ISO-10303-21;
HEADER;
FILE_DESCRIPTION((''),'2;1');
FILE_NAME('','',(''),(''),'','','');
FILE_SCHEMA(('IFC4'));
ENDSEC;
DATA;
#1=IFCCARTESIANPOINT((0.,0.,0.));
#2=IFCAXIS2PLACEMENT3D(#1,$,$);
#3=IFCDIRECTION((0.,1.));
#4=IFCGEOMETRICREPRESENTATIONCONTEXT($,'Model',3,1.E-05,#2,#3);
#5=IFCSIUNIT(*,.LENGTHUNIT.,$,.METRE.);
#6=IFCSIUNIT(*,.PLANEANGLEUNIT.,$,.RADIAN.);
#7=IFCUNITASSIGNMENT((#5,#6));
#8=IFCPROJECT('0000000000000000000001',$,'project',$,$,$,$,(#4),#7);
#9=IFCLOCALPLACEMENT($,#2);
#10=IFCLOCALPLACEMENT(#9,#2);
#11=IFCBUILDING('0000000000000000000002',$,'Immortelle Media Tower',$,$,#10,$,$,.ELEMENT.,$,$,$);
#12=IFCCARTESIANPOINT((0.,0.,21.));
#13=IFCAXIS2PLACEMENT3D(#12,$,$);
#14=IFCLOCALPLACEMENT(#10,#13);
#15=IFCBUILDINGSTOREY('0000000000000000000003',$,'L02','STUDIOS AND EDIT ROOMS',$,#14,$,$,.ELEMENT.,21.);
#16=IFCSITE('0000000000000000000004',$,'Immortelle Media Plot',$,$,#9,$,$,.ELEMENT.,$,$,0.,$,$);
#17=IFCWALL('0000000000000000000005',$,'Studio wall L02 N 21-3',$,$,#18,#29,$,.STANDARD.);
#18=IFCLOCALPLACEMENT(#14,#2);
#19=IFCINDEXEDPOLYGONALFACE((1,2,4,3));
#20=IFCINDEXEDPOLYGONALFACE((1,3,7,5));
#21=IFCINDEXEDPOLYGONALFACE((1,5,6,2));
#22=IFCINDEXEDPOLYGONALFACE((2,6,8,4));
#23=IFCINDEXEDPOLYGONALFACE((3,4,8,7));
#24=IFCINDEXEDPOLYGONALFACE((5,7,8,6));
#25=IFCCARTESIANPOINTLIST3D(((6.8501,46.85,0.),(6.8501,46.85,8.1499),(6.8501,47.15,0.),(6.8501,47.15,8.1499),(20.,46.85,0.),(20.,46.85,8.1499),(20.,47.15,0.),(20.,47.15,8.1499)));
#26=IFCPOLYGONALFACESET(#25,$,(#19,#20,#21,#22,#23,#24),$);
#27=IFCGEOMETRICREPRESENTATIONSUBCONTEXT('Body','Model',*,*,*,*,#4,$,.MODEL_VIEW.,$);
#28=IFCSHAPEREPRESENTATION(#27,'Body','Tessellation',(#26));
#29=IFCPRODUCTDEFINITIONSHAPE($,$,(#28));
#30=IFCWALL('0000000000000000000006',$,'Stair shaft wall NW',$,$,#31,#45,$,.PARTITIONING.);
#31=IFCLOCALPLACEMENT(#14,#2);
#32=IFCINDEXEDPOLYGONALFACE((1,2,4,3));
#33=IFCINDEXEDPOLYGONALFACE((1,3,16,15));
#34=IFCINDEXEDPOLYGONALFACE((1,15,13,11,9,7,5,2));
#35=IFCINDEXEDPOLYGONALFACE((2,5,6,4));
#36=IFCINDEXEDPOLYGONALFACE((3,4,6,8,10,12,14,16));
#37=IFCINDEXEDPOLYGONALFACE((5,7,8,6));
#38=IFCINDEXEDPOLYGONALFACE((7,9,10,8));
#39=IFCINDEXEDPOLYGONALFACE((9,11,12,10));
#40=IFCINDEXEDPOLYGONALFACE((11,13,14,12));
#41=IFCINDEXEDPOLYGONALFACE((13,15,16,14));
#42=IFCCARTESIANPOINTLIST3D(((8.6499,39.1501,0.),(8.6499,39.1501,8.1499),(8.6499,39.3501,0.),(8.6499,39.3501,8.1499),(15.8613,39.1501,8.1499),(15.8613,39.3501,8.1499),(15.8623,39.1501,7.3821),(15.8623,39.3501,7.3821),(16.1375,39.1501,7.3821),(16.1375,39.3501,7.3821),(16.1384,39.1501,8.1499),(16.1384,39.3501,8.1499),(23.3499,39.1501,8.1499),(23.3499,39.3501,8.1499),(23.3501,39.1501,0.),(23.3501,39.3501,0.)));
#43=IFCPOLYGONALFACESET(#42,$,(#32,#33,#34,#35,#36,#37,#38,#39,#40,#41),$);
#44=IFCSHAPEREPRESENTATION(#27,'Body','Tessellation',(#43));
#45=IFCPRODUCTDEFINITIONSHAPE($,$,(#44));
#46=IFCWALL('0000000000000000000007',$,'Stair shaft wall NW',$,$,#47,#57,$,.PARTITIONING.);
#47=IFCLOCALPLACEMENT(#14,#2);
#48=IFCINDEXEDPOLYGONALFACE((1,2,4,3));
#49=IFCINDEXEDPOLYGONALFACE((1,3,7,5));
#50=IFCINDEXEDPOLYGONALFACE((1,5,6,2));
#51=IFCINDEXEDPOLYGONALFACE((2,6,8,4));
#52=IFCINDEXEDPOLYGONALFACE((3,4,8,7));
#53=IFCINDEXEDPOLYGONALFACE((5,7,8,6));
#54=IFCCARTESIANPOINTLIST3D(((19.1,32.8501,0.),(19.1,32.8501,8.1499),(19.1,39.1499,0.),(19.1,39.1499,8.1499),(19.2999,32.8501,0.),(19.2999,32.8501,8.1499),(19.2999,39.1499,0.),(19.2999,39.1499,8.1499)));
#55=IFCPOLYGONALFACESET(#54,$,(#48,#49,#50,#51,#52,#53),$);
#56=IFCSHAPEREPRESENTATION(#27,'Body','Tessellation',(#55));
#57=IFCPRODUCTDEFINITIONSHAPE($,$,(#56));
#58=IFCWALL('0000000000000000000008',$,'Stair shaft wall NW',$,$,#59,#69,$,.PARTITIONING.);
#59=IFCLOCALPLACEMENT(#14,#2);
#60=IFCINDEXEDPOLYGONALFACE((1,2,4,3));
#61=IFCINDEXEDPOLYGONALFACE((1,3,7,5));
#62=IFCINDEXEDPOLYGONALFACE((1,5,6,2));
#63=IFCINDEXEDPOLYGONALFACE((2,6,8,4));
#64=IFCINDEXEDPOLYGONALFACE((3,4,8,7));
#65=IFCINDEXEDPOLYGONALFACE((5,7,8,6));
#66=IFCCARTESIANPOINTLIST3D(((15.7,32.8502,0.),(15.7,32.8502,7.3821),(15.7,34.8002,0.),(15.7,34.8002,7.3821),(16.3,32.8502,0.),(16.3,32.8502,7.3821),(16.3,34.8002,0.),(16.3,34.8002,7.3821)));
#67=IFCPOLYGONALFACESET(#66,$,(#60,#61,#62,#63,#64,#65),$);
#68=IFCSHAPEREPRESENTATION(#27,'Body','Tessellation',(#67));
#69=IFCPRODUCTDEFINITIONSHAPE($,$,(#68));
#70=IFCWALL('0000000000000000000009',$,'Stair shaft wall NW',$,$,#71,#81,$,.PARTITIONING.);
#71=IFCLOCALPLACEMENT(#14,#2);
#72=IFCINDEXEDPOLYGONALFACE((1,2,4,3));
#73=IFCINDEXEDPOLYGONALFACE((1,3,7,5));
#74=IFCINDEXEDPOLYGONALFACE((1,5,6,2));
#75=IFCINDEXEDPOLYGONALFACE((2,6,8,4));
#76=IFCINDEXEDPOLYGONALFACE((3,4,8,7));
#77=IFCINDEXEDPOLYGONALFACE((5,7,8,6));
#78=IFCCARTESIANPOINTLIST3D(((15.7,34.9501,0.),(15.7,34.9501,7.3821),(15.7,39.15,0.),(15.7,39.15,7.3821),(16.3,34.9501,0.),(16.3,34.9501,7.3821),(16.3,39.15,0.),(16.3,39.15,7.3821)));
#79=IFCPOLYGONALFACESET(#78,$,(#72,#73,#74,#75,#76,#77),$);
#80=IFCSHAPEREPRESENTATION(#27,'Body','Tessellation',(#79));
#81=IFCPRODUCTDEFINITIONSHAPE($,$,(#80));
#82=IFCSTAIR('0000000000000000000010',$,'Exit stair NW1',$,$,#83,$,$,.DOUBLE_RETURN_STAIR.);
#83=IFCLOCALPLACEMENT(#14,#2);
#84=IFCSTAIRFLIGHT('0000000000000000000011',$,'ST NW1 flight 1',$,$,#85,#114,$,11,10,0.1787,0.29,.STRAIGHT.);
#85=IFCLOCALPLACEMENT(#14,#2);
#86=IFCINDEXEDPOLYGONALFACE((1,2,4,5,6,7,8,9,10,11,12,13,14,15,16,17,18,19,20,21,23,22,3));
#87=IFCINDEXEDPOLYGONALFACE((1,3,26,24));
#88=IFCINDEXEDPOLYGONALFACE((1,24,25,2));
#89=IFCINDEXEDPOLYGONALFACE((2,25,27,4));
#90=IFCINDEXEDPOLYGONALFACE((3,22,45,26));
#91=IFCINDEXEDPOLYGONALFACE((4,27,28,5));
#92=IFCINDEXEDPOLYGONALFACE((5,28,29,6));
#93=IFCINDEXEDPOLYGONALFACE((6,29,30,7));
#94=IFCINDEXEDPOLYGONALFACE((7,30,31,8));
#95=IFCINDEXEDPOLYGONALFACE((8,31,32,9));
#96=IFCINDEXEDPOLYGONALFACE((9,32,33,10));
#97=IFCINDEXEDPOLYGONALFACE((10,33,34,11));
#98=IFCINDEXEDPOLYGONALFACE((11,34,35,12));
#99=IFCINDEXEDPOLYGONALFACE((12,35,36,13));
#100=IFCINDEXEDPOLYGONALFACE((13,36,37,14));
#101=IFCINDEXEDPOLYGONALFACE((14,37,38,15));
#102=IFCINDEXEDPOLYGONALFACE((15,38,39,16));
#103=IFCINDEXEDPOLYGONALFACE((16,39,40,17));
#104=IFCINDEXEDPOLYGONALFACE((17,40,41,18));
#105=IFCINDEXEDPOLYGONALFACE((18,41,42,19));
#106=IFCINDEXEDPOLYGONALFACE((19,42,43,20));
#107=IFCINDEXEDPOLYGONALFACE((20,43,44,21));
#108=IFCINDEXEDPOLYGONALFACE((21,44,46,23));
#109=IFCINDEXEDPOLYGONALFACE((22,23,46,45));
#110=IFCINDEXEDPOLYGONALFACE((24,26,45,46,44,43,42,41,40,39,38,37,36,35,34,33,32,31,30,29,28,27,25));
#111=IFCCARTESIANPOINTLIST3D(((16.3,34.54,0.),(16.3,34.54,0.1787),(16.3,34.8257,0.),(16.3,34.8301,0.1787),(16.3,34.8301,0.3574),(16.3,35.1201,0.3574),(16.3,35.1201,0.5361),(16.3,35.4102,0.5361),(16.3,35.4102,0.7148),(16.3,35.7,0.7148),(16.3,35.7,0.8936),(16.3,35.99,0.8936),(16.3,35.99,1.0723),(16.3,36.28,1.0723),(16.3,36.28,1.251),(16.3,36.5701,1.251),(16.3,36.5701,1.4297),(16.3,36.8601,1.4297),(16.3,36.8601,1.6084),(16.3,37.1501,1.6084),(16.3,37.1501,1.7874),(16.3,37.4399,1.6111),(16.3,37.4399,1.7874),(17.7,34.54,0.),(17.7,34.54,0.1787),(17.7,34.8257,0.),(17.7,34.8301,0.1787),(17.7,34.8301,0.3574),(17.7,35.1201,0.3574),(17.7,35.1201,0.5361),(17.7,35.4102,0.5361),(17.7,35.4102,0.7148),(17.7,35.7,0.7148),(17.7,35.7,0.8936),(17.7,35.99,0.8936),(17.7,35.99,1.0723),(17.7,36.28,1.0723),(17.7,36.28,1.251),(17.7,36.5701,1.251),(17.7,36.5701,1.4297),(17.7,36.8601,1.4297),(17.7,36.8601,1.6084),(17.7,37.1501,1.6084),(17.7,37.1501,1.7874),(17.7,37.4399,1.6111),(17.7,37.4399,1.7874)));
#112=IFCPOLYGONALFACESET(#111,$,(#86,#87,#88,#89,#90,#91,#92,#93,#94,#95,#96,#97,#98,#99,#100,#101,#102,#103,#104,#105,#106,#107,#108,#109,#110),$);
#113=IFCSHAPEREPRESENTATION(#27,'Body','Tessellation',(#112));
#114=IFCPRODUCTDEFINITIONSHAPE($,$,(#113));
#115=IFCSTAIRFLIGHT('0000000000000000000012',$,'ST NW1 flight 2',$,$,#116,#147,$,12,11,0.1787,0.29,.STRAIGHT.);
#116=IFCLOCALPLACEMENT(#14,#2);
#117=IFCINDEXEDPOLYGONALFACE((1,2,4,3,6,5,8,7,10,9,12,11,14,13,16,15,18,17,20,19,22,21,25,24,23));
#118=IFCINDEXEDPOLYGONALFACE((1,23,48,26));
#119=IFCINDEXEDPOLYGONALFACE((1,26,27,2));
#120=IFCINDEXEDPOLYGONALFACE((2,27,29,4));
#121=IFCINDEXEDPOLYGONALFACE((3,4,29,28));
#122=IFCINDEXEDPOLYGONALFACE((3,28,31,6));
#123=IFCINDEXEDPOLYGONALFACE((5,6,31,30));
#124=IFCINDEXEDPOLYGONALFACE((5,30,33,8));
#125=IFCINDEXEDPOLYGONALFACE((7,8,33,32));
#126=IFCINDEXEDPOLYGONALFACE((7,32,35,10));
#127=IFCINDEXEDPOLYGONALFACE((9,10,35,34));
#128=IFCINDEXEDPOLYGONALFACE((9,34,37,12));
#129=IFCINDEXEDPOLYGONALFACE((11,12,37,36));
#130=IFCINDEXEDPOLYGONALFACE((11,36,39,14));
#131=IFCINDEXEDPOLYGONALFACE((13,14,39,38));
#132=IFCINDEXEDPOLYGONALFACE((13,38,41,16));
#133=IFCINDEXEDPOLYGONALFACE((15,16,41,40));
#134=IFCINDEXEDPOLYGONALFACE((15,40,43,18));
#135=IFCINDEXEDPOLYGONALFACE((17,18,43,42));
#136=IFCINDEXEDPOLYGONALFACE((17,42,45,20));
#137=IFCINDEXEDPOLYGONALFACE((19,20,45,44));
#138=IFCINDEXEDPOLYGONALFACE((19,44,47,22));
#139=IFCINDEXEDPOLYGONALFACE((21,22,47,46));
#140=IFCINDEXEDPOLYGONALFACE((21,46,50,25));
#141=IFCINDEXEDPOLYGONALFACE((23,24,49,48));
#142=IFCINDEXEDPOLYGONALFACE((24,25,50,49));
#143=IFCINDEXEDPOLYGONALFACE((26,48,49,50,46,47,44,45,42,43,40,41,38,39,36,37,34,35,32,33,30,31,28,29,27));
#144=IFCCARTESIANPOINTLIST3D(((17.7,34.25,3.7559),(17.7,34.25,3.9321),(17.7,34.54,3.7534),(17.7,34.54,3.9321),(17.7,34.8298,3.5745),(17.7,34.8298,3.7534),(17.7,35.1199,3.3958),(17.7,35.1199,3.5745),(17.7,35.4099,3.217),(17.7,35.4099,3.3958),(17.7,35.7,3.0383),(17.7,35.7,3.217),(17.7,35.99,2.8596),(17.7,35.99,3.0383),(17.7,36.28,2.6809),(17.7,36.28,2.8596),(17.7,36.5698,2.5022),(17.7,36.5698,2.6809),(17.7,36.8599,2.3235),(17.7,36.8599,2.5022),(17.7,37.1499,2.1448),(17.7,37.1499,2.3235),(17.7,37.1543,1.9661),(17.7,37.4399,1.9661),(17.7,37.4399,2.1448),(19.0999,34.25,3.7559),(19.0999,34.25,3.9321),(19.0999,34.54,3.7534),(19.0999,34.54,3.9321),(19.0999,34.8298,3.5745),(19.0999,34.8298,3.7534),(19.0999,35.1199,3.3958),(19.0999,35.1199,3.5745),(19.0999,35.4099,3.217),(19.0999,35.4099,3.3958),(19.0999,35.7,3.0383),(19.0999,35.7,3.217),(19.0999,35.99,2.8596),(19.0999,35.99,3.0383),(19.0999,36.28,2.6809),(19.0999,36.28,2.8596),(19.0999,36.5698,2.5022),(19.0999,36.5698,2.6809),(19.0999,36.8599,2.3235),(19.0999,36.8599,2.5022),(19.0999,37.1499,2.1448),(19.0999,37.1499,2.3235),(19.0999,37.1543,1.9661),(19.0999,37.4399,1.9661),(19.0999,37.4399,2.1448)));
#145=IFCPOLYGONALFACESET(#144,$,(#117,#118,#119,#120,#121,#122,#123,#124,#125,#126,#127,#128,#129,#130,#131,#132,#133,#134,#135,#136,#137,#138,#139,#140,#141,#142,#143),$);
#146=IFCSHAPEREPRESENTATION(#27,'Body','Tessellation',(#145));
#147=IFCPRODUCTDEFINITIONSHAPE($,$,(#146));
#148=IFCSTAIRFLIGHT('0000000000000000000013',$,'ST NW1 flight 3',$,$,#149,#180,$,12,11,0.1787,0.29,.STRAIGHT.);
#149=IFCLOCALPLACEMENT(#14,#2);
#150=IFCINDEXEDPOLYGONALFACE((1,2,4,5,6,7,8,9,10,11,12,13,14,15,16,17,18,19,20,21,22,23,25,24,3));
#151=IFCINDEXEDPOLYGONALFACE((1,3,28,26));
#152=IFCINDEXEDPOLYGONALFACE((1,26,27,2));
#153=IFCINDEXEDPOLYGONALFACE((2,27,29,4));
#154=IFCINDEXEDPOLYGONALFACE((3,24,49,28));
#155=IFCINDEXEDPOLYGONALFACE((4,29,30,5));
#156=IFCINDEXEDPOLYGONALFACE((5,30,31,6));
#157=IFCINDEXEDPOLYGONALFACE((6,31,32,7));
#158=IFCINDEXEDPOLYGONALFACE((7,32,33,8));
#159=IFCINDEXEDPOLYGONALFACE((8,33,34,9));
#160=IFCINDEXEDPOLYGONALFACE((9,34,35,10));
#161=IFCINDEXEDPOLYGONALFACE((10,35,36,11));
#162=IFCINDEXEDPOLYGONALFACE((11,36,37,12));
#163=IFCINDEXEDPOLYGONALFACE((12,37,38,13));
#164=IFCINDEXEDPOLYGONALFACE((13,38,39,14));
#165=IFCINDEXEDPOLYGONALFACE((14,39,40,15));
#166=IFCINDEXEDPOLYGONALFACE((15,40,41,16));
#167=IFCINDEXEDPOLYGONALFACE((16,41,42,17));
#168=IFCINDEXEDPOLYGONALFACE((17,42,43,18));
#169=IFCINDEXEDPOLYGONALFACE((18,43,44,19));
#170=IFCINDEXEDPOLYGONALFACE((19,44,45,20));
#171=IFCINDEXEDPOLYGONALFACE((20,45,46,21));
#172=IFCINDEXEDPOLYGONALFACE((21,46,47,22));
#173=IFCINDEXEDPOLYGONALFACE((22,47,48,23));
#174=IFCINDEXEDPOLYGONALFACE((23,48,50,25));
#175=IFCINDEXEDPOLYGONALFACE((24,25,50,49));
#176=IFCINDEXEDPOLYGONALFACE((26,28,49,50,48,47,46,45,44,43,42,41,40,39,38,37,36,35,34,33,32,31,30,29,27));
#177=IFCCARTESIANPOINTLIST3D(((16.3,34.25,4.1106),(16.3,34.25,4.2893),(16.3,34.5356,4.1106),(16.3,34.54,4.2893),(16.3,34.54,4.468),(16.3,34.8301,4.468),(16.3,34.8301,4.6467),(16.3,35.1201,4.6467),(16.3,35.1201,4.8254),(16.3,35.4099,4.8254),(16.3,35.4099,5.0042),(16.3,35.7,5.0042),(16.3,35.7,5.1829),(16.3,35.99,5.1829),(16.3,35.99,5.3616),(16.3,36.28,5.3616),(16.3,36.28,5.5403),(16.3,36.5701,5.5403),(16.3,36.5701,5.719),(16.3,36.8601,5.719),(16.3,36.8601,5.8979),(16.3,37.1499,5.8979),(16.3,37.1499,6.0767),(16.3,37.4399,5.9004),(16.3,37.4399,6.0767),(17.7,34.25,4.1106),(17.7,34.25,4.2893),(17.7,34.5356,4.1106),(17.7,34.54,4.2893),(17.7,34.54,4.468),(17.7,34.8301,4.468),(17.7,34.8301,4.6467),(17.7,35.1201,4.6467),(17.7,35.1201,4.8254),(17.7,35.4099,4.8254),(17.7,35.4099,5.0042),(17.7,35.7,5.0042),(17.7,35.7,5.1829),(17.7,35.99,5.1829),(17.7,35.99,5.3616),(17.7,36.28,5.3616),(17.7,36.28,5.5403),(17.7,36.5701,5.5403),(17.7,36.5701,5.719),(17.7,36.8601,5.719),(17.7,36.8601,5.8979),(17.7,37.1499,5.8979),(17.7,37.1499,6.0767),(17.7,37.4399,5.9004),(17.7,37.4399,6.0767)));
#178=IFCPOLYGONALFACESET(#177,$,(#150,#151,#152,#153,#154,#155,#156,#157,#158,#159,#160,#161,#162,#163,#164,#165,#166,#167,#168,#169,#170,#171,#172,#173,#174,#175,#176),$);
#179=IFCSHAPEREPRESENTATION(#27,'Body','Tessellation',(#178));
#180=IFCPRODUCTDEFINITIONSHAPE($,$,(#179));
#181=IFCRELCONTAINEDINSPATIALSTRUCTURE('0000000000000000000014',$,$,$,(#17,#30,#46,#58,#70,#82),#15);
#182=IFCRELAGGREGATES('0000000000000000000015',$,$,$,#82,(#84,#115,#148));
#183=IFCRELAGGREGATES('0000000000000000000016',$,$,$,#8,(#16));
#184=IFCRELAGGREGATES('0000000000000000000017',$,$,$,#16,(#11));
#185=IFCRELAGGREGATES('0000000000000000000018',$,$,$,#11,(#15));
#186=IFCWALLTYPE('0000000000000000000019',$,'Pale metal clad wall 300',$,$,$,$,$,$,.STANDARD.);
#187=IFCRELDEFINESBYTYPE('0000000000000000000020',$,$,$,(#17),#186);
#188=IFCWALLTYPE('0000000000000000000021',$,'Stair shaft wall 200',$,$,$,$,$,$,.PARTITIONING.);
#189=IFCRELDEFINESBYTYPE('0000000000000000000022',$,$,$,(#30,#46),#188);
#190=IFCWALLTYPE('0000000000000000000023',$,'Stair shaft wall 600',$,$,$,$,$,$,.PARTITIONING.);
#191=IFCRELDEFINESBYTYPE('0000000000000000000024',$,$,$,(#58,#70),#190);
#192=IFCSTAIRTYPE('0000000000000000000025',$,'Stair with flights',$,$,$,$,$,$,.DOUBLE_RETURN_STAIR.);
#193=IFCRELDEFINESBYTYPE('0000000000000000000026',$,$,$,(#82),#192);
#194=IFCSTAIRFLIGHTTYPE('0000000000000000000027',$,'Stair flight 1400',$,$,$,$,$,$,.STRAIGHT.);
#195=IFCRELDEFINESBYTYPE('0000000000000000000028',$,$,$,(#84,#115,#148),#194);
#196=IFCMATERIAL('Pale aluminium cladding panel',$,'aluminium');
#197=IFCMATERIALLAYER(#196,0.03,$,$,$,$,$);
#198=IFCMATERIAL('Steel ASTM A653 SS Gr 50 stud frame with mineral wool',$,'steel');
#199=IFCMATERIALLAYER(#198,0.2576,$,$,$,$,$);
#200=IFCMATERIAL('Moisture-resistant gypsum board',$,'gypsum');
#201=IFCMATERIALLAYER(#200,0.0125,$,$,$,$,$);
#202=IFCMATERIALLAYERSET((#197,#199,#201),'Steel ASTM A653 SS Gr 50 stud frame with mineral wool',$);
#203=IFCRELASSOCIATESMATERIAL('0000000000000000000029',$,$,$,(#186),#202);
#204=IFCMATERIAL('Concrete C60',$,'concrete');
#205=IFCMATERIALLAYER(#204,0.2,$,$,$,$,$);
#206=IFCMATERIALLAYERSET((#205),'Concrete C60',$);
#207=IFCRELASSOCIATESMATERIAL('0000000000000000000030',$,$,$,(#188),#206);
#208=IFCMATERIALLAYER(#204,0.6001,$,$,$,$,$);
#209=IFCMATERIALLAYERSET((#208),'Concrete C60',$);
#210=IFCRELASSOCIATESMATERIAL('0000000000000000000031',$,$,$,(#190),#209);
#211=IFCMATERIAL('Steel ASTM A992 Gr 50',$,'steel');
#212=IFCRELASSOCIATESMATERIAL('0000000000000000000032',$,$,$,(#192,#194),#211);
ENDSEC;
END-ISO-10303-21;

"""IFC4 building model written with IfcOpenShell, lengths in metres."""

from ifc_helpers import new_model, si_unit, direction, frame, frame_2d, origin, place, context, subcontext, project, spatial, polyline, rectangle, outline, extrude, material, layer, layer_set, type_object, element, aggregate, save


model = new_model("IFC4")

# Units and contexts
model_context = context("Model", 3, precision=1e-05, world=origin(), true_north=direction((0.0, 1.0)))
body_context = subcontext(model_context, "Body", "Model", "MODEL_VIEW")
ifc_project = project(units=[si_unit("LENGTHUNIT", "METRE"), si_unit("PLANEANGLEUNIT", "RADIAN")], contexts=[model_context])

# Site, building, storey
site_placement = place(None, origin())
site = spatial("IfcSite", under=ifc_project, at=site_placement, Name="Immortelle Media Plot", CompositionType="ELEMENT", RefElevation=0.0)
building_placement = place(site_placement, origin())
building = spatial("IfcBuilding", under=site, at=building_placement, Name="Immortelle Media Tower", CompositionType="ELEMENT")
storey_placement = place(building_placement, frame((0.0, 0.0, 21.0)))
storey = spatial("IfcBuildingStorey", under=building, at=storey_placement, Name="L02", Description="STUDIOS AND EDIT ROOMS", CompositionType="ELEMENT", Elevation=21.0)

# Shared definitions
ifc_material_1 = material(Name="Steel ASTM A992 Gr 50", Category="steel")

# Shared definitions
ifc_material_2 = material(Name="Steel ASTM A653 SS Gr 50 stud frame with mineral wool", Category="steel")

# Walls
ifc_material_3 = material(Name="Pale aluminium cladding panel", Category="aluminium")
ifc_layer_1 = layer(ifc_material_3, 0.03)
ifc_layer_2 = layer(ifc_material_2, 0.2576)
ifc_material_4 = material(Name="Moisture-resistant gypsum board", Category="gypsum")
ifc_layer_3 = layer(ifc_material_4, 0.0125)
ifc_layer_set_1 = layer_set([ifc_layer_1, ifc_layer_2, ifc_layer_3], Name="Steel ASTM A653 SS Gr 50 stud frame with mineral wool")
wall_type_1 = type_object("IfcWallType", Name="Pale metal clad wall 300", PredefinedType="STANDARD", material=ifc_layer_set_1)
wall_1_placement = place(storey_placement, frame((20.0, 47.0, 0.0), z_axis=(0.0, 0.0, 1.0), x_axis=(-1.0, 0.0, 0.0)))
element("IfcWall", 1, at=wall_1_placement, inside=storey, type_object=wall_type_1, Name="Studio wall L02 N 21-3", PredefinedType="STANDARD", context=body_context, shape_type="SweptSolid", body=[
    extrude(rectangle(XDim=13.1499, YDim=0.3, at=frame_2d((6.575, 0.0))), origin(), (0.0, 0.0, 1.0), 8.1499),
])
ifc_material_5 = material(Name="Concrete C60", Category="concrete")
ifc_layer_4 = layer(ifc_material_5, 0.2)
ifc_layer_set_2 = layer_set([ifc_layer_4], Name="Concrete C60")
wall_type_2 = type_object("IfcWallType", Name="Stair shaft wall 200", PredefinedType="PARTITIONING", material=ifc_layer_set_2)
wall_2_placement = place(storey_placement, frame((8.6499, 39.25, 0.0), z_axis=(0.0, 0.0, 1.0), x_axis=(1.0, 0.0, 0.0)))
element("IfcWall", 2, at=wall_2_placement, inside=storey, type_object=wall_type_2, Name="Stair shaft wall NW", PredefinedType="PARTITIONING", context=body_context, shape_type="SweptSolid", body=[
    extrude(outline(polyline([(0.0, 0.0), (14.7002, 0.0), (14.7, 8.1499), (7.4885, 8.1499), (7.4875, 7.3821), (7.2124, 7.3821), (7.2114, 8.1499), (0.0, 8.1499), (0.0, 0.0)])), frame((0.0, 0.1001, 0.0), z_axis=(0.0, -1.0, 0.0), x_axis=(1.0, 0.0, 0.0)), (0.0, 0.0, 1.0), 0.2),
])
wall_3_placement = place(storey_placement, frame((19.2, 32.8501, 0.0), z_axis=(0.0, 0.0, 1.0), x_axis=(0.0, 1.0, 0.0)))
element("IfcWall", 3, at=wall_3_placement, inside=storey, type_object=wall_type_2, Name="Stair shaft wall NW", PredefinedType="PARTITIONING", context=body_context, shape_type="SweptSolid", body=[
    extrude(rectangle(XDim=6.2998, YDim=0.2, at=frame_2d((3.1499, 0.0))), origin(), (0.0, 0.0, 1.0), 8.1499),
])
ifc_layer_5 = layer(ifc_material_5, 0.6001)
ifc_layer_set_3 = layer_set([ifc_layer_5], Name="Concrete C60")
wall_type_3 = type_object("IfcWallType", Name="Stair shaft wall 600", PredefinedType="PARTITIONING", material=ifc_layer_set_3)
wall_4_placement = place(storey_placement, frame((16.0, 32.8501, 0.0), z_axis=(0.0, 0.0, 1.0), x_axis=(0.0, 1.0, 0.0)))
element("IfcWall", 4, at=wall_4_placement, inside=storey, type_object=wall_type_3, Name="Stair shaft wall NW", PredefinedType="PARTITIONING", context=body_context, shape_type="SweptSolid", body=[
    extrude(rectangle(XDim=1.95, YDim=0.6001, at=frame_2d((0.9751, 0.0))), origin(), (0.0, 0.0, 1.0), 7.3821),
])
wall_5_placement = place(storey_placement, frame((16.0, 34.95, 0.0), z_axis=(0.0, 0.0, 1.0), x_axis=(0.0, 1.0, 0.0)))
element("IfcWall", 5, at=wall_5_placement, inside=storey, type_object=wall_type_3, Name="Stair shaft wall NW", PredefinedType="PARTITIONING", context=body_context, shape_type="SweptSolid", body=[
    extrude(rectangle(XDim=4.2, YDim=0.6001, at=frame_2d((2.1001, 0.0))), origin(), (0.0, 0.0, 1.0), 7.3821),
])

# Stair, stair flights
stair_type = type_object("IfcStairType", Name="Stair with flights", PredefinedType="DOUBLE_RETURN_STAIR", material=ifc_material_1)
stair_1_placement = place(storey_placement, origin())
stair_1 = element("IfcStair", 6, at=stair_1_placement, inside=storey, type_object=stair_type, Name="Exit stair NW1", PredefinedType="DOUBLE_RETURN_STAIR")
stair_flight_type = type_object("IfcStairFlightType", Name="Stair flight 1400", PredefinedType="STRAIGHT", material=ifc_material_1)
stair_flight_1_placement = place(storey_placement, frame((17.0, 34.54, 0.0), z_axis=(0.0, 0.0, 1.0), x_axis=(0.0, 1.0, 0.0)))
stair_flight_1 = element("IfcStairFlight", 7, at=stair_flight_1_placement, type_object=stair_flight_type, Name="ST NW1 flight 1", NumberOfRisers=11, NumberOfTreads=10, PredefinedType="STRAIGHT", RiserHeight=0.1787, TreadLength=0.29, context=body_context, shape_type="SweptSolid", body=[
    extrude(outline(polyline([(0.0, 0.0), (0.0, 0.1787), (0.29, 0.1787), (0.29, 0.3574), (0.5801, 0.3574), (0.5801, 0.5361), (0.8701, 0.5361), (0.8701, 0.7148), (1.1599, 0.7148), (1.1599, 0.8936), (1.45, 0.8936), (1.45, 1.0723), (1.74, 1.0723), (1.74, 1.251), (2.03, 1.251), (2.03, 1.4297), (2.3201, 1.4297), (2.3201, 1.6084), (2.6101, 1.6084), (2.6101, 1.7874), (2.8999, 1.7874), (2.8999, 1.9661), (2.8999, 1.6111), (0.2856, 0.0), (0.0, 0.0)])), frame((0.0, 0.7, 0.0), z_axis=(0.0, -1.0, 0.0), x_axis=(1.0, 0.0, 0.0)), (0.0, 0.0, 1.0), 1.3999),
])
stair_flight_2_placement = place(storey_placement, frame((18.3999, 37.4399, 1.9661), z_axis=(0.0, 0.0, 1.0), x_axis=(0.0, -1.0, 0.0)))
stair_flight_2 = element("IfcStairFlight", 8, at=stair_flight_2_placement, type_object=stair_flight_type, Name="ST NW1 flight 2", NumberOfRisers=12, NumberOfTreads=11, PredefinedType="STRAIGHT", RiserHeight=0.1787, TreadLength=0.29, context=body_context, shape_type="SweptSolid", body=[
    extrude(outline(polyline([(0.0, 0.0), (0.0, 0.1787), (0.29, 0.1787), (0.29, 0.3574), (0.5801, 0.3574), (0.5801, 0.5361), (0.8701, 0.5361), (0.8701, 0.7148), (1.1599, 0.7148), (1.1599, 0.8936), (1.45, 0.8936), (1.45, 1.0723), (1.74, 1.0723), (1.74, 1.251), (2.03, 1.251), (2.03, 1.4297), (2.3201, 1.4297), (2.3201, 1.6084), (2.6101, 1.6084), (2.6101, 1.7874), (2.8999, 1.7874), (2.8999, 1.9661), (3.1899, 1.9661), (3.1899, 2.1448), (3.1899, 1.7898), (0.2856, 0.0), (0.0, 0.0)])), frame((0.0, 0.7, 0.0), z_axis=(0.0, -1.0, 0.0), x_axis=(1.0, 0.0, 0.0)), (0.0, 0.0, 1.0), 1.3999),
])
stair_flight_3_placement = place(storey_placement, frame((17.0, 34.25, 4.1106), z_axis=(0.0, 0.0, 1.0), x_axis=(0.0, 1.0, 0.0)))
stair_flight_3 = element("IfcStairFlight", 9, at=stair_flight_3_placement, type_object=stair_flight_type, Name="ST NW1 flight 3", NumberOfRisers=12, NumberOfTreads=11, PredefinedType="STRAIGHT", RiserHeight=0.1787, TreadLength=0.29, context=body_context, shape_type="SweptSolid", body=[
    extrude(outline(polyline([(0.0, 0.0), (0.0, 0.1787), (0.29, 0.1787), (0.29, 0.3574), (0.5801, 0.3574), (0.5801, 0.5361), (0.8701, 0.5361), (0.8701, 0.7148), (1.1599, 0.7148), (1.1599, 0.8936), (1.45, 0.8936), (1.45, 1.0723), (1.74, 1.0723), (1.74, 1.251), (2.03, 1.251), (2.03, 1.4297), (2.3201, 1.4297), (2.3201, 1.6084), (2.6101, 1.6084), (2.6101, 1.7874), (2.8999, 1.7874), (2.8999, 1.9661), (3.1899, 1.9661), (3.1899, 2.1448), (3.1899, 1.7898), (0.2856, 0.0), (0.0, 0.0)])), frame((0.0, 0.7, 0.0), z_axis=(0.0, -1.0, 0.0), x_axis=(1.0, 0.0, 0.0)), (0.0, 0.0, 1.0), 1.3999),
])
aggregate(stair_1, [stair_flight_1, stair_flight_2, stair_flight_3])

save(model, "model.ifc")
